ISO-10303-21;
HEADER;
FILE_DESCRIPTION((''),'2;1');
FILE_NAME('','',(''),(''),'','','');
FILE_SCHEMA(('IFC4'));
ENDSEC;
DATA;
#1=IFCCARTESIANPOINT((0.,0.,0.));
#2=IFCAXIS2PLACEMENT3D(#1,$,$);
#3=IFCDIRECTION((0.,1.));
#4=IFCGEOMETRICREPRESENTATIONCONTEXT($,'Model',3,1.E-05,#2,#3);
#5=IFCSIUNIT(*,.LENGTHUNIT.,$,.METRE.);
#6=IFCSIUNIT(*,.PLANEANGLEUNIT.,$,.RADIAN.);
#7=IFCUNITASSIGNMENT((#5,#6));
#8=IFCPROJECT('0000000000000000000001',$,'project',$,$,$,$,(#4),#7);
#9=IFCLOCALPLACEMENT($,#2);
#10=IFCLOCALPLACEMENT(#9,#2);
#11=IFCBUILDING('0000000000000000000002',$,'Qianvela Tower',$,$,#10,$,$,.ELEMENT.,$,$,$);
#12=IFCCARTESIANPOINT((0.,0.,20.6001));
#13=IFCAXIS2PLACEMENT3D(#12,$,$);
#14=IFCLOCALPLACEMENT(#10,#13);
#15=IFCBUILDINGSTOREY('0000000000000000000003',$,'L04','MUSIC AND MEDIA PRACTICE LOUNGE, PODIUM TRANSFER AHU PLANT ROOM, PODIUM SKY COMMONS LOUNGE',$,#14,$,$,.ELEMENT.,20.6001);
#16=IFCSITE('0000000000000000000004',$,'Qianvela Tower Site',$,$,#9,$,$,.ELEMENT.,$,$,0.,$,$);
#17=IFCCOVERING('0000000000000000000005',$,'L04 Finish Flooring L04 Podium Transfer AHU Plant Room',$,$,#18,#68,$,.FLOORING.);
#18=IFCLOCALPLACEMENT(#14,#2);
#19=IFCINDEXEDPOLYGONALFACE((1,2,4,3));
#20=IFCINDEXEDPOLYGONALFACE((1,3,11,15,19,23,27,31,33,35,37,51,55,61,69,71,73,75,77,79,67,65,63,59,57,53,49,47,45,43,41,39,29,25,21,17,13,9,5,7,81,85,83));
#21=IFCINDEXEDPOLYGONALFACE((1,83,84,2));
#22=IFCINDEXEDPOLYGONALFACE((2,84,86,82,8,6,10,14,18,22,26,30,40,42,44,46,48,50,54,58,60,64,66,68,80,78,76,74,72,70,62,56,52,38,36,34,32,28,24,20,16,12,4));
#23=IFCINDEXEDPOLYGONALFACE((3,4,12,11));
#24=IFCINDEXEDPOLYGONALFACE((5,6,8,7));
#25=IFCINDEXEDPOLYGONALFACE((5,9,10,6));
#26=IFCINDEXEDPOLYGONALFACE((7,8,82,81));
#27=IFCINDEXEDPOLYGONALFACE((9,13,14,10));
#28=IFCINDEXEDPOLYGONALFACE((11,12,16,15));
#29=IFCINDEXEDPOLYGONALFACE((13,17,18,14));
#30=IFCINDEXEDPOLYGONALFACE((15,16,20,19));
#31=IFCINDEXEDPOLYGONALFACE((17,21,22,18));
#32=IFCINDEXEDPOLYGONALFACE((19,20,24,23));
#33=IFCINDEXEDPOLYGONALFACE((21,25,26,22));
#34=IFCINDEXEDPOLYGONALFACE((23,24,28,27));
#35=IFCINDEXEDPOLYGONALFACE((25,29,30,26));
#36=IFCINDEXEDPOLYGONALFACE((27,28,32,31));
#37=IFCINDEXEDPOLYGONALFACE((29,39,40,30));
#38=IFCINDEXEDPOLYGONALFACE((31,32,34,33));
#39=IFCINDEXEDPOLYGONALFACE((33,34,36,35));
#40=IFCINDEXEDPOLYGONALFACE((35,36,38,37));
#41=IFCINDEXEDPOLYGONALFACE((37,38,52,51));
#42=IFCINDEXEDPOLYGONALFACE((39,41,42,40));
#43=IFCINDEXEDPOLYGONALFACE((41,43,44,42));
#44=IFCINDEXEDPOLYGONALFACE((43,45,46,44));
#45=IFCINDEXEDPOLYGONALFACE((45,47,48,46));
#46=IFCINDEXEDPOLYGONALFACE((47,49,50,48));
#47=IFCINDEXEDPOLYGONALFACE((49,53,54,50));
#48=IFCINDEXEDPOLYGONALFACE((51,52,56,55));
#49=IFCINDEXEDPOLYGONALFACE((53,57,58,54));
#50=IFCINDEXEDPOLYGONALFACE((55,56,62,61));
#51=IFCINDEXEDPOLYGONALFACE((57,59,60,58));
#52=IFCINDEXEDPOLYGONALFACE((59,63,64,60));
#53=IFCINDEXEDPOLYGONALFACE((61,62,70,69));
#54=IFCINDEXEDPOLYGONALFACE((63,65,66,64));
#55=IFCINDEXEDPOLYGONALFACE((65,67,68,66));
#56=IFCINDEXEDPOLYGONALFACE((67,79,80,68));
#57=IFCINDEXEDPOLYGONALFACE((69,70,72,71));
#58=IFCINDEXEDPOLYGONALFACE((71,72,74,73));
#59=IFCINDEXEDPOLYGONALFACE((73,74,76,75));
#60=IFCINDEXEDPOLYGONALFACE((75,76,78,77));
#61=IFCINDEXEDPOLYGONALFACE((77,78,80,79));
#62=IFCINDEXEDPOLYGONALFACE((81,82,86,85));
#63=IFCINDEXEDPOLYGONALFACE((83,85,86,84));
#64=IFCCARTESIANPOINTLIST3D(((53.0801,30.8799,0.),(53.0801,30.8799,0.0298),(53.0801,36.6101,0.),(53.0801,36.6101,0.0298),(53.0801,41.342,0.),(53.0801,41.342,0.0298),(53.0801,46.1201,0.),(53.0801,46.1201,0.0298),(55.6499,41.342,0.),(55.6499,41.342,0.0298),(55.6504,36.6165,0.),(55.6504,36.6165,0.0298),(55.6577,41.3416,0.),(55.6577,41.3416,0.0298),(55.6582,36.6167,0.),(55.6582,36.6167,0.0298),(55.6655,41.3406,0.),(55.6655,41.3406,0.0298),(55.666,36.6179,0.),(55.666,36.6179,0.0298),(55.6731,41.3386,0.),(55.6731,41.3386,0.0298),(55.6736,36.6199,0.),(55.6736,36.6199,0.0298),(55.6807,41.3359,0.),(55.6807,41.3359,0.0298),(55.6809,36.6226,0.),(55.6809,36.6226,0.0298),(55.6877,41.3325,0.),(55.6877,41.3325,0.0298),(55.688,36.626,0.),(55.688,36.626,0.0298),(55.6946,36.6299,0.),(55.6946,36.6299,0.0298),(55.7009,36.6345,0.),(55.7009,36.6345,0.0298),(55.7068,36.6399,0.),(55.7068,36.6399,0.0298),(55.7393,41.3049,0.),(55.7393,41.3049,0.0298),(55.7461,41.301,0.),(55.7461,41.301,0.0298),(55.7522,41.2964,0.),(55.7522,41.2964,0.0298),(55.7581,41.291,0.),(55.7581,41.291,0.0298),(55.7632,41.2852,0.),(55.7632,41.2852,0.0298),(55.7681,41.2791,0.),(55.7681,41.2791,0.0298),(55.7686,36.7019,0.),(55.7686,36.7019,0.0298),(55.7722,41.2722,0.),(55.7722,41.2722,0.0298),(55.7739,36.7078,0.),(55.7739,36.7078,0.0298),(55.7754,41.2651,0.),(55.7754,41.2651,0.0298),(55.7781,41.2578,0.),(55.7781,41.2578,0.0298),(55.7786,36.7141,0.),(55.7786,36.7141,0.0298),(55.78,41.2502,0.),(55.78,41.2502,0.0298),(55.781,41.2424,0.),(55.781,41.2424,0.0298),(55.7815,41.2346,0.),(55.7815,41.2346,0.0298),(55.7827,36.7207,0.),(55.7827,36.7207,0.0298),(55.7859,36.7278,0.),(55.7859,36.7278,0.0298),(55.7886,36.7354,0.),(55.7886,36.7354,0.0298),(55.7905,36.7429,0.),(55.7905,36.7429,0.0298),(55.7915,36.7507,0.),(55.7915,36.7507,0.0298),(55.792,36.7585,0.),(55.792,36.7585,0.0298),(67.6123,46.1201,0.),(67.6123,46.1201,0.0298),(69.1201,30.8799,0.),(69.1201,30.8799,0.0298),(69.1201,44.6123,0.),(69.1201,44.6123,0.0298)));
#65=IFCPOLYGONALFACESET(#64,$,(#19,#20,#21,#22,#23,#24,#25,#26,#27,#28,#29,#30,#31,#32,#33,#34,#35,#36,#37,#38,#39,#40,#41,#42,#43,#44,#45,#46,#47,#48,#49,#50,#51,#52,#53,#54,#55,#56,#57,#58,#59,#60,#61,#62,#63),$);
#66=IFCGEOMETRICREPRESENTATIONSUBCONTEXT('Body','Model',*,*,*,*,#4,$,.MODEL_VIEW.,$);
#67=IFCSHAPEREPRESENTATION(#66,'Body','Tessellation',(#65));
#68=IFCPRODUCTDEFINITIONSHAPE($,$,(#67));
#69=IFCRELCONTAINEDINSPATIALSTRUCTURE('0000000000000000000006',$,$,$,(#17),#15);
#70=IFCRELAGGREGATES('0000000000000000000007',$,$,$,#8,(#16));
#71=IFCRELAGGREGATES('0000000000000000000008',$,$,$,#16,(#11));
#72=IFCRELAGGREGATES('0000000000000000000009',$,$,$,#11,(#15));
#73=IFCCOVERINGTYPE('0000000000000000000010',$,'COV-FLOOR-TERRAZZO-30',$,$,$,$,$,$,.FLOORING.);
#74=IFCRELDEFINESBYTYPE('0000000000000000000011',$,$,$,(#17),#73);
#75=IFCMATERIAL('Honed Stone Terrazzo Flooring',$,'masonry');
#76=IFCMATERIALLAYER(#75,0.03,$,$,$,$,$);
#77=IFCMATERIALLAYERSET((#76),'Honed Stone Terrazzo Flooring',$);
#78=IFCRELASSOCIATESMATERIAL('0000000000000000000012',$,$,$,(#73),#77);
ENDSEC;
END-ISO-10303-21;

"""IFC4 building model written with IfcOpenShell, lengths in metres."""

from ifc_helpers import new_model, si_unit, direction, frame, origin, place, context, subcontext, project, spatial, polyline, outline, extrude, material, layer, layer_set, type_object, element, save


model = new_model("IFC4")

# Units and contexts
model_context = context("Model", 3, precision=1e-05, world=origin(), true_north=direction((0.0, 1.0)))
body_context = subcontext(model_context, "Body", "Model", "MODEL_VIEW")
ifc_project = project(units=[si_unit("LENGTHUNIT", "METRE"), si_unit("PLANEANGLEUNIT", "RADIAN")], contexts=[model_context])

# Site, building, storey
site_placement = place(None, origin())
site = spatial("IfcSite", under=ifc_project, at=site_placement, Name="Qianvela Tower Site", CompositionType="ELEMENT", RefElevation=0.0)
building_placement = place(site_placement, origin())
building = spatial("IfcBuilding", under=site, at=building_placement, Name="Qianvela Tower", CompositionType="ELEMENT")
storey_placement = place(building_placement, frame((0.0, 0.0, 20.6001)))
storey = spatial("IfcBuildingStorey", under=building, at=storey_placement, Name="L04", Description="MUSIC AND MEDIA PRACTICE LOUNGE, PODIUM TRANSFER AHU PLANT ROOM, PODIUM SKY COMMONS LOUNGE", CompositionType="ELEMENT", Elevation=20.6001)

# Covering
ifc_material_1 = material(Name="Honed Stone Terrazzo Flooring", Category="masonry")
ifc_layer_1 = layer(ifc_material_1, 0.03)
ifc_layer_set_1 = layer_set([ifc_layer_1], Name="Honed Stone Terrazzo Flooring")
covering_type_1 = type_object("IfcCoveringType", Name="COV-FLOOR-TERRAZZO-30", PredefinedType="FLOORING", material=ifc_layer_set_1)
covering_1_placement = place(storey_placement, origin())
element("IfcCovering", 1, at=covering_1_placement, inside=storey, type_object=covering_type_1, Name="L04 Finish Flooring L04 Podium Transfer AHU Plant Room", PredefinedType="FLOORING", context=body_context, shape_type="SweptSolid", body=[
    extrude(outline(polyline([(53.0801, 36.6101), (55.6504, 36.6165), (55.6582, 36.6167), (55.666, 36.6179), (55.6736, 36.6199), (55.6809, 36.6226), (55.688, 36.626), (55.6946, 36.6299), (55.7009, 36.6345), (55.7068, 36.6399), (55.7686, 36.7019), (55.7739, 36.7078), (55.7786, 36.7141), (55.7827, 36.7207), (55.7859, 36.7278), (55.7886, 36.7354), (55.7905, 36.7429), (55.7915, 36.7507), (55.792, 36.7585), (55.7815, 41.2346), (55.781, 41.2424), (55.78, 41.2502), (55.7781, 41.2578), (55.7754, 41.2651), (55.7722, 41.2722), (55.7681, 41.2791), (55.7632, 41.2852), (55.7581, 41.291), (55.7522, 41.2964), (55.7461, 41.301), (55.7393, 41.3049), (55.6877, 41.3325), (55.6807, 41.3359), (55.6731, 41.3386), (55.6655, 41.3406), (55.6577, 41.3416), (55.6499, 41.342), (53.0801, 41.342), (53.0801, 46.1201), (67.6123, 46.1201), (69.1201, 44.6123), (69.1201, 30.8799), (53.0801, 30.8799), (53.0801, 36.6101)])), origin(), (0.0, 0.0, 1.0), 0.0298),
])

save(model, "model.ifc")
